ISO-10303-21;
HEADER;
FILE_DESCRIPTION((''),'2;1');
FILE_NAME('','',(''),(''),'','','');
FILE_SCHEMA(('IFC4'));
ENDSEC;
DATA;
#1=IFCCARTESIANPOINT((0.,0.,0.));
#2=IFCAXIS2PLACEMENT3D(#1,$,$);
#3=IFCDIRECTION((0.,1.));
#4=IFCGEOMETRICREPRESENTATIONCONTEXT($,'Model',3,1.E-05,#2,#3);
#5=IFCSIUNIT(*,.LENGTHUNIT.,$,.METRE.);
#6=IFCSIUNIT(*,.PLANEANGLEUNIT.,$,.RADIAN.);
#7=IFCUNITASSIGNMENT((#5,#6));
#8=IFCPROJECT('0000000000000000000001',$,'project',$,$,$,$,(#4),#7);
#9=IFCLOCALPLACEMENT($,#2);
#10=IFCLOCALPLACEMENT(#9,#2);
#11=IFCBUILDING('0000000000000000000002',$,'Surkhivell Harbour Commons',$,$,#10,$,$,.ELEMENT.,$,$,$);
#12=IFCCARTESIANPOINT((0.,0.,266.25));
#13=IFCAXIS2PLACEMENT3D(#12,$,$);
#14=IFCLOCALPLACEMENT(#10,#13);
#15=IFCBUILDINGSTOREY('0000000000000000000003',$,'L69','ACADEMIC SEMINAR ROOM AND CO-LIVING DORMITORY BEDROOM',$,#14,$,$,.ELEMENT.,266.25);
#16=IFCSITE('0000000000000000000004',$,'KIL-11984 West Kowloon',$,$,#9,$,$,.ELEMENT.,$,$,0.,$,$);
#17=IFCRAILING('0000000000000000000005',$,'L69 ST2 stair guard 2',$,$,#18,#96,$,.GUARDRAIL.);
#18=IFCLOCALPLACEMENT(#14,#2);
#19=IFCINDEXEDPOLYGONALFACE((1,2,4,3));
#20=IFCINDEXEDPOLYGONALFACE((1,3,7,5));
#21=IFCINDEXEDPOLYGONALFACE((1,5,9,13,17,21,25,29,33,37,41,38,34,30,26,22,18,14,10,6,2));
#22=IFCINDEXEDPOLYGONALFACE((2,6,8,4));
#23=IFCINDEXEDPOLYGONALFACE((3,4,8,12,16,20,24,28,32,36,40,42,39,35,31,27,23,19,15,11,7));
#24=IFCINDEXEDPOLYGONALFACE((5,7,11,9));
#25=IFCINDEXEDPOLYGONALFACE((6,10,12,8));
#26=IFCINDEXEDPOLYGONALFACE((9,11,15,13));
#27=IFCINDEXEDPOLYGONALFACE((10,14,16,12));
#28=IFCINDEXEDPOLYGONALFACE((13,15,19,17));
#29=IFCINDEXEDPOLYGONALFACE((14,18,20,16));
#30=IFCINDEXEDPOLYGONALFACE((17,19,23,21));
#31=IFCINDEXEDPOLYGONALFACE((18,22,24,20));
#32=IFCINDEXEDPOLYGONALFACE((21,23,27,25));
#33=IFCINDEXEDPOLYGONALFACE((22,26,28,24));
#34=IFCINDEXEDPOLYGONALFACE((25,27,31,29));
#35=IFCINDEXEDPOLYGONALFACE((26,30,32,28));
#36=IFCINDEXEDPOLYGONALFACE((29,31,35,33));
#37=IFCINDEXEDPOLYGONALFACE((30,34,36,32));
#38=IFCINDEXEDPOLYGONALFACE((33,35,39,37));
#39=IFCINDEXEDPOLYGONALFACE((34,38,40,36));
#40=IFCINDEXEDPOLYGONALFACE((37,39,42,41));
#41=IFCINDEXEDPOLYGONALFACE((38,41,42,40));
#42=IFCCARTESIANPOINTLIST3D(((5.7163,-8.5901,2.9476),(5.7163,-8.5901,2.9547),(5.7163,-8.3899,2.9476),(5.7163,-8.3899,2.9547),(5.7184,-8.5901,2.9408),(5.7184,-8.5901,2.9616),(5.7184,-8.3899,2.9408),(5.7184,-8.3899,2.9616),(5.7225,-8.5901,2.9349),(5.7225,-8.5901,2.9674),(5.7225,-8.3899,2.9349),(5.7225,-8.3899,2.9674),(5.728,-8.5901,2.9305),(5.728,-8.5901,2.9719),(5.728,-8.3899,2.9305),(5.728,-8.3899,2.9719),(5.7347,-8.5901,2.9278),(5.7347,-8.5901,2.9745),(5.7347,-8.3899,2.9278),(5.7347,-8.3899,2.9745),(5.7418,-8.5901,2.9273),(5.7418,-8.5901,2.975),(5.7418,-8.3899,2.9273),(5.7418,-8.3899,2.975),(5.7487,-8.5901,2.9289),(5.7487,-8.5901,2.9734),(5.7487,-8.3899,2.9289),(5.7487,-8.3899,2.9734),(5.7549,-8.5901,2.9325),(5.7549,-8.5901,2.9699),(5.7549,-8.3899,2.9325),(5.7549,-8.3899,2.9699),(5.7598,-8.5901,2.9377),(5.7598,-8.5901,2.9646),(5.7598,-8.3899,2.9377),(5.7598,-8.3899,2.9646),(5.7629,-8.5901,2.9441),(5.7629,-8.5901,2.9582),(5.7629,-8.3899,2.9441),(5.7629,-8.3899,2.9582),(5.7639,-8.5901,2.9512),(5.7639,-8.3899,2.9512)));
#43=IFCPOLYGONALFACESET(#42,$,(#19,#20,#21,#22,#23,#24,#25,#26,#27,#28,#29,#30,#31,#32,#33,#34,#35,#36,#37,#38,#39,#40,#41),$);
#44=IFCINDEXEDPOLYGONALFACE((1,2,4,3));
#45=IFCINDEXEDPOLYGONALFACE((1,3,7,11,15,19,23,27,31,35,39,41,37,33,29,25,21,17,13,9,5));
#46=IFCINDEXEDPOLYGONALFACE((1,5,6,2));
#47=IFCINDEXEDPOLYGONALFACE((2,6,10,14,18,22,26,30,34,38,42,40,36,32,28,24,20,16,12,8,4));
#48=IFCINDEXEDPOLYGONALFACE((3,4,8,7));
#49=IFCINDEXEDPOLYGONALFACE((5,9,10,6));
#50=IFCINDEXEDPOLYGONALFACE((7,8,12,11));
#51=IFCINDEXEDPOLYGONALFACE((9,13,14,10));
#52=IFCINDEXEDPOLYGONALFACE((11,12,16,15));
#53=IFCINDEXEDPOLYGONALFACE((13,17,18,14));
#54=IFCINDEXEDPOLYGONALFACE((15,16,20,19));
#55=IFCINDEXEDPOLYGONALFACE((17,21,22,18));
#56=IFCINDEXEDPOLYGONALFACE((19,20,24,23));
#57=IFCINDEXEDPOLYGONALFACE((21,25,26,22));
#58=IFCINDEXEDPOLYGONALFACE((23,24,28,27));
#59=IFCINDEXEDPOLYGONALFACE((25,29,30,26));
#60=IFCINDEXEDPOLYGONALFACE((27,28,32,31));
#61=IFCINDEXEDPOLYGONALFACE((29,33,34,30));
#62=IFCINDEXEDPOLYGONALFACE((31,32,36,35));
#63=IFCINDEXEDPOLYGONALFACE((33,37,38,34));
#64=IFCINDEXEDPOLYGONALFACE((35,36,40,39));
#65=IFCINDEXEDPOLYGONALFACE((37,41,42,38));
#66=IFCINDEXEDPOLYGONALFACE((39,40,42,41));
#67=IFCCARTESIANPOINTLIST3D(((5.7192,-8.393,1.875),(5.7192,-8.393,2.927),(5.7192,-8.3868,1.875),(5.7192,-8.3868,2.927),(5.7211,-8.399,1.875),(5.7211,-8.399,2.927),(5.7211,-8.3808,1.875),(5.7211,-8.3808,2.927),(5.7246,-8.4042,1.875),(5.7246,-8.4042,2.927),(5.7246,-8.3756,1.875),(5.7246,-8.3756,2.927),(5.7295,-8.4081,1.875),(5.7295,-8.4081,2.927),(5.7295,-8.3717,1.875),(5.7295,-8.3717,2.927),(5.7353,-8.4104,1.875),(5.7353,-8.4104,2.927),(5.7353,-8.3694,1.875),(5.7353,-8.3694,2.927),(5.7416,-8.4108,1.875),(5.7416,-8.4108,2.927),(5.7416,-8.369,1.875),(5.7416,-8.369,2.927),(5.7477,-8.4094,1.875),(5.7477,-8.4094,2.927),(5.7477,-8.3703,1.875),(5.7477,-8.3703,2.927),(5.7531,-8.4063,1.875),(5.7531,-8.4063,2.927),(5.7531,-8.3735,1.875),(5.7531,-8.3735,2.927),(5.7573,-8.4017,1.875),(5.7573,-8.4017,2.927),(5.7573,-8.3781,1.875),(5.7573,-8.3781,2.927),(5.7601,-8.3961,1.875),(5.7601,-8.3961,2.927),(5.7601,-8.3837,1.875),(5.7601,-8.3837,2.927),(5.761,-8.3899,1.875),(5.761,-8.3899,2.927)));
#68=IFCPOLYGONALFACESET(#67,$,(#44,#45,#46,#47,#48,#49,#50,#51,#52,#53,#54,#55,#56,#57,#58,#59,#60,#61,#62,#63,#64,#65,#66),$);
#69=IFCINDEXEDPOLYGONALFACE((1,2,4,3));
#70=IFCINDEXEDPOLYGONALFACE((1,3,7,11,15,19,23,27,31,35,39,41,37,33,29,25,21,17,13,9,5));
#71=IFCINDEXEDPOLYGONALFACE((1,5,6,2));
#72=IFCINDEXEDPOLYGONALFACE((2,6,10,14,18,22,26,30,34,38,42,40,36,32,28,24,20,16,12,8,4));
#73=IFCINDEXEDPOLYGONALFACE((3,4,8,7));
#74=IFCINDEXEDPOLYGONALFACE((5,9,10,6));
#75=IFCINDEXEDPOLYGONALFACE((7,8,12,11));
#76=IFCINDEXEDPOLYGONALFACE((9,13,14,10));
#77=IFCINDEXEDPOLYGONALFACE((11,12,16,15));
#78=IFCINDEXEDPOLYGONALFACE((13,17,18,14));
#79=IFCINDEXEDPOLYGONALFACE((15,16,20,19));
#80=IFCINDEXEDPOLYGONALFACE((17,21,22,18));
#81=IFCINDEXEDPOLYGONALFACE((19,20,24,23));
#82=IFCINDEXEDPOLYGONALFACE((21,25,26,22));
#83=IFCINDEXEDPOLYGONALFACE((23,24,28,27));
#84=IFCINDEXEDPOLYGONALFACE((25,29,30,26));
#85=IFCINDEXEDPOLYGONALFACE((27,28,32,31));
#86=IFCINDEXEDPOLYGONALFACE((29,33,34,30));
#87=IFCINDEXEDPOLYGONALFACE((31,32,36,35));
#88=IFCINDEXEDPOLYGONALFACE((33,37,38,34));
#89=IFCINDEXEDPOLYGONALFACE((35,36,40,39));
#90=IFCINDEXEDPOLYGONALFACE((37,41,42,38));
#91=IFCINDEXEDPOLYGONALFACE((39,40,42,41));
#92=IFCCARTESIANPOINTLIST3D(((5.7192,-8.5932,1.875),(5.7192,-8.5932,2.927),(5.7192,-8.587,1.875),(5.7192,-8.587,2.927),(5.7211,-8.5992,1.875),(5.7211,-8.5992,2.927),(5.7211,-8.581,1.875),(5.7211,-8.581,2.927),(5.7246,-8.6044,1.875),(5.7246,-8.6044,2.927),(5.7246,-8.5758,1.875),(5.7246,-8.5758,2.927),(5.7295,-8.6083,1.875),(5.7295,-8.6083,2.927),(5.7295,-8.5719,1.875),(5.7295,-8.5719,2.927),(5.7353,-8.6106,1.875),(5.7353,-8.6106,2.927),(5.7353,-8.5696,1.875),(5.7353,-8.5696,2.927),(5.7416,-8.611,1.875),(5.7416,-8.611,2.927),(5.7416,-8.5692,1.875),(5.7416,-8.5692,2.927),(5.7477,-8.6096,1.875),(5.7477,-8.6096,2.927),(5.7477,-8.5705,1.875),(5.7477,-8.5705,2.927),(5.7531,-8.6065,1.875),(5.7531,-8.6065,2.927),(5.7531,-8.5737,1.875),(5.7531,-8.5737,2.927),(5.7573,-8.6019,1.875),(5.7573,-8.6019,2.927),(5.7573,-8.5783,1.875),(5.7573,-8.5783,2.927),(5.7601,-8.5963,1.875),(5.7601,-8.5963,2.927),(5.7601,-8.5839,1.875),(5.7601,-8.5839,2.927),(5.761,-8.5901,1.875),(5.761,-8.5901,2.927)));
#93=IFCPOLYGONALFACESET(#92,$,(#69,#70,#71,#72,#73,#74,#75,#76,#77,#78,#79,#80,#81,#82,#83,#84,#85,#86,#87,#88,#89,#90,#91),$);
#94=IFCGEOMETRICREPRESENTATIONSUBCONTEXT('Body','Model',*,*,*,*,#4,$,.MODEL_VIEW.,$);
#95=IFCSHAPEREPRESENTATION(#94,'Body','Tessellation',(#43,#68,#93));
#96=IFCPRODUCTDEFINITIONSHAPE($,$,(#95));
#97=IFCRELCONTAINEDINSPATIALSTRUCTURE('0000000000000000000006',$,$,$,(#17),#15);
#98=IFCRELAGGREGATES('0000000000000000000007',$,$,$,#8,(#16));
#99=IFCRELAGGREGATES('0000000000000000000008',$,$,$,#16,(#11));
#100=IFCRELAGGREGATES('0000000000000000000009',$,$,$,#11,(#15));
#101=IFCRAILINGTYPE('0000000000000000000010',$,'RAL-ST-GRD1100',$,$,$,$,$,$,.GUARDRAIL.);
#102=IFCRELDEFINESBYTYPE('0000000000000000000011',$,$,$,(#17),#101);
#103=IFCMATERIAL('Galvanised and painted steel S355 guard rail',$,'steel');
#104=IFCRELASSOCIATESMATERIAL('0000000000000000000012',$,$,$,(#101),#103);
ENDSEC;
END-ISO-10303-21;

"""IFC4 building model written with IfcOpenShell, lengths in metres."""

from ifc_helpers import new_model, si_unit, direction, frame, origin, origin_2d, place, context, subcontext, project, spatial, circle, extrude, material, type_object, element, save


model = new_model("IFC4")

# Units and contexts
model_context = context("Model", 3, precision=1e-05, world=origin(), true_north=direction((0.0, 1.0)))
body_context = subcontext(model_context, "Body", "Model", "MODEL_VIEW")
ifc_project = project(units=[si_unit("LENGTHUNIT", "METRE"), si_unit("PLANEANGLEUNIT", "RADIAN")], contexts=[model_context])

# Site, building, storey
site_placement = place(None, origin())
site = spatial("IfcSite", under=ifc_project, at=site_placement, Name="KIL-11984 West Kowloon", CompositionType="ELEMENT", RefElevation=0.0)
building_placement = place(site_placement, origin())
building = spatial("IfcBuilding", under=site, at=building_placement, Name="Surkhivell Harbour Commons", CompositionType="ELEMENT")
storey_placement = place(building_placement, frame((0.0, 0.0, 266.25)))
storey = spatial("IfcBuildingStorey", under=building, at=storey_placement, Name="L69", Description="ACADEMIC SEMINAR ROOM AND CO-LIVING DORMITORY BEDROOM", CompositionType="ELEMENT", Elevation=266.25)

# Railing
ifc_material_1 = material(Name="Galvanised and painted steel S355 guard rail", Category="steel")
railing_type_1 = type_object("IfcRailingType", Name="RAL-ST-GRD1100", PredefinedType="GUARDRAIL", material=ifc_material_1)
railing_1_placement = place(storey_placement, frame((5.74, -8.3899, 1.875)))
element("IfcRailing", 1, at=railing_1_placement, inside=storey, type_object=railing_type_1, Name="L69 ST2 stair guard 2", PredefinedType="GUARDRAIL", context=body_context, shape_type="SweptSolid", body=[
    extrude(circle(Radius=0.0239, at=origin_2d()), frame((0.0, 0.0, 1.0762), z_axis=(0.0, -1.0, 0.0), x_axis=(1.0, 0.0, 0.0)), (0.0, 0.0, 1.0), 0.2002),
    extrude(circle(Radius=0.021, at=origin_2d()), origin(), (0.0, 0.0, 1.0), 1.052),
    extrude(circle(Radius=0.021, at=origin_2d()), frame((0.0, -0.2002, 0.0)), (0.0, 0.0, 1.0), 1.052),
])

save(model, "model.ifc")
